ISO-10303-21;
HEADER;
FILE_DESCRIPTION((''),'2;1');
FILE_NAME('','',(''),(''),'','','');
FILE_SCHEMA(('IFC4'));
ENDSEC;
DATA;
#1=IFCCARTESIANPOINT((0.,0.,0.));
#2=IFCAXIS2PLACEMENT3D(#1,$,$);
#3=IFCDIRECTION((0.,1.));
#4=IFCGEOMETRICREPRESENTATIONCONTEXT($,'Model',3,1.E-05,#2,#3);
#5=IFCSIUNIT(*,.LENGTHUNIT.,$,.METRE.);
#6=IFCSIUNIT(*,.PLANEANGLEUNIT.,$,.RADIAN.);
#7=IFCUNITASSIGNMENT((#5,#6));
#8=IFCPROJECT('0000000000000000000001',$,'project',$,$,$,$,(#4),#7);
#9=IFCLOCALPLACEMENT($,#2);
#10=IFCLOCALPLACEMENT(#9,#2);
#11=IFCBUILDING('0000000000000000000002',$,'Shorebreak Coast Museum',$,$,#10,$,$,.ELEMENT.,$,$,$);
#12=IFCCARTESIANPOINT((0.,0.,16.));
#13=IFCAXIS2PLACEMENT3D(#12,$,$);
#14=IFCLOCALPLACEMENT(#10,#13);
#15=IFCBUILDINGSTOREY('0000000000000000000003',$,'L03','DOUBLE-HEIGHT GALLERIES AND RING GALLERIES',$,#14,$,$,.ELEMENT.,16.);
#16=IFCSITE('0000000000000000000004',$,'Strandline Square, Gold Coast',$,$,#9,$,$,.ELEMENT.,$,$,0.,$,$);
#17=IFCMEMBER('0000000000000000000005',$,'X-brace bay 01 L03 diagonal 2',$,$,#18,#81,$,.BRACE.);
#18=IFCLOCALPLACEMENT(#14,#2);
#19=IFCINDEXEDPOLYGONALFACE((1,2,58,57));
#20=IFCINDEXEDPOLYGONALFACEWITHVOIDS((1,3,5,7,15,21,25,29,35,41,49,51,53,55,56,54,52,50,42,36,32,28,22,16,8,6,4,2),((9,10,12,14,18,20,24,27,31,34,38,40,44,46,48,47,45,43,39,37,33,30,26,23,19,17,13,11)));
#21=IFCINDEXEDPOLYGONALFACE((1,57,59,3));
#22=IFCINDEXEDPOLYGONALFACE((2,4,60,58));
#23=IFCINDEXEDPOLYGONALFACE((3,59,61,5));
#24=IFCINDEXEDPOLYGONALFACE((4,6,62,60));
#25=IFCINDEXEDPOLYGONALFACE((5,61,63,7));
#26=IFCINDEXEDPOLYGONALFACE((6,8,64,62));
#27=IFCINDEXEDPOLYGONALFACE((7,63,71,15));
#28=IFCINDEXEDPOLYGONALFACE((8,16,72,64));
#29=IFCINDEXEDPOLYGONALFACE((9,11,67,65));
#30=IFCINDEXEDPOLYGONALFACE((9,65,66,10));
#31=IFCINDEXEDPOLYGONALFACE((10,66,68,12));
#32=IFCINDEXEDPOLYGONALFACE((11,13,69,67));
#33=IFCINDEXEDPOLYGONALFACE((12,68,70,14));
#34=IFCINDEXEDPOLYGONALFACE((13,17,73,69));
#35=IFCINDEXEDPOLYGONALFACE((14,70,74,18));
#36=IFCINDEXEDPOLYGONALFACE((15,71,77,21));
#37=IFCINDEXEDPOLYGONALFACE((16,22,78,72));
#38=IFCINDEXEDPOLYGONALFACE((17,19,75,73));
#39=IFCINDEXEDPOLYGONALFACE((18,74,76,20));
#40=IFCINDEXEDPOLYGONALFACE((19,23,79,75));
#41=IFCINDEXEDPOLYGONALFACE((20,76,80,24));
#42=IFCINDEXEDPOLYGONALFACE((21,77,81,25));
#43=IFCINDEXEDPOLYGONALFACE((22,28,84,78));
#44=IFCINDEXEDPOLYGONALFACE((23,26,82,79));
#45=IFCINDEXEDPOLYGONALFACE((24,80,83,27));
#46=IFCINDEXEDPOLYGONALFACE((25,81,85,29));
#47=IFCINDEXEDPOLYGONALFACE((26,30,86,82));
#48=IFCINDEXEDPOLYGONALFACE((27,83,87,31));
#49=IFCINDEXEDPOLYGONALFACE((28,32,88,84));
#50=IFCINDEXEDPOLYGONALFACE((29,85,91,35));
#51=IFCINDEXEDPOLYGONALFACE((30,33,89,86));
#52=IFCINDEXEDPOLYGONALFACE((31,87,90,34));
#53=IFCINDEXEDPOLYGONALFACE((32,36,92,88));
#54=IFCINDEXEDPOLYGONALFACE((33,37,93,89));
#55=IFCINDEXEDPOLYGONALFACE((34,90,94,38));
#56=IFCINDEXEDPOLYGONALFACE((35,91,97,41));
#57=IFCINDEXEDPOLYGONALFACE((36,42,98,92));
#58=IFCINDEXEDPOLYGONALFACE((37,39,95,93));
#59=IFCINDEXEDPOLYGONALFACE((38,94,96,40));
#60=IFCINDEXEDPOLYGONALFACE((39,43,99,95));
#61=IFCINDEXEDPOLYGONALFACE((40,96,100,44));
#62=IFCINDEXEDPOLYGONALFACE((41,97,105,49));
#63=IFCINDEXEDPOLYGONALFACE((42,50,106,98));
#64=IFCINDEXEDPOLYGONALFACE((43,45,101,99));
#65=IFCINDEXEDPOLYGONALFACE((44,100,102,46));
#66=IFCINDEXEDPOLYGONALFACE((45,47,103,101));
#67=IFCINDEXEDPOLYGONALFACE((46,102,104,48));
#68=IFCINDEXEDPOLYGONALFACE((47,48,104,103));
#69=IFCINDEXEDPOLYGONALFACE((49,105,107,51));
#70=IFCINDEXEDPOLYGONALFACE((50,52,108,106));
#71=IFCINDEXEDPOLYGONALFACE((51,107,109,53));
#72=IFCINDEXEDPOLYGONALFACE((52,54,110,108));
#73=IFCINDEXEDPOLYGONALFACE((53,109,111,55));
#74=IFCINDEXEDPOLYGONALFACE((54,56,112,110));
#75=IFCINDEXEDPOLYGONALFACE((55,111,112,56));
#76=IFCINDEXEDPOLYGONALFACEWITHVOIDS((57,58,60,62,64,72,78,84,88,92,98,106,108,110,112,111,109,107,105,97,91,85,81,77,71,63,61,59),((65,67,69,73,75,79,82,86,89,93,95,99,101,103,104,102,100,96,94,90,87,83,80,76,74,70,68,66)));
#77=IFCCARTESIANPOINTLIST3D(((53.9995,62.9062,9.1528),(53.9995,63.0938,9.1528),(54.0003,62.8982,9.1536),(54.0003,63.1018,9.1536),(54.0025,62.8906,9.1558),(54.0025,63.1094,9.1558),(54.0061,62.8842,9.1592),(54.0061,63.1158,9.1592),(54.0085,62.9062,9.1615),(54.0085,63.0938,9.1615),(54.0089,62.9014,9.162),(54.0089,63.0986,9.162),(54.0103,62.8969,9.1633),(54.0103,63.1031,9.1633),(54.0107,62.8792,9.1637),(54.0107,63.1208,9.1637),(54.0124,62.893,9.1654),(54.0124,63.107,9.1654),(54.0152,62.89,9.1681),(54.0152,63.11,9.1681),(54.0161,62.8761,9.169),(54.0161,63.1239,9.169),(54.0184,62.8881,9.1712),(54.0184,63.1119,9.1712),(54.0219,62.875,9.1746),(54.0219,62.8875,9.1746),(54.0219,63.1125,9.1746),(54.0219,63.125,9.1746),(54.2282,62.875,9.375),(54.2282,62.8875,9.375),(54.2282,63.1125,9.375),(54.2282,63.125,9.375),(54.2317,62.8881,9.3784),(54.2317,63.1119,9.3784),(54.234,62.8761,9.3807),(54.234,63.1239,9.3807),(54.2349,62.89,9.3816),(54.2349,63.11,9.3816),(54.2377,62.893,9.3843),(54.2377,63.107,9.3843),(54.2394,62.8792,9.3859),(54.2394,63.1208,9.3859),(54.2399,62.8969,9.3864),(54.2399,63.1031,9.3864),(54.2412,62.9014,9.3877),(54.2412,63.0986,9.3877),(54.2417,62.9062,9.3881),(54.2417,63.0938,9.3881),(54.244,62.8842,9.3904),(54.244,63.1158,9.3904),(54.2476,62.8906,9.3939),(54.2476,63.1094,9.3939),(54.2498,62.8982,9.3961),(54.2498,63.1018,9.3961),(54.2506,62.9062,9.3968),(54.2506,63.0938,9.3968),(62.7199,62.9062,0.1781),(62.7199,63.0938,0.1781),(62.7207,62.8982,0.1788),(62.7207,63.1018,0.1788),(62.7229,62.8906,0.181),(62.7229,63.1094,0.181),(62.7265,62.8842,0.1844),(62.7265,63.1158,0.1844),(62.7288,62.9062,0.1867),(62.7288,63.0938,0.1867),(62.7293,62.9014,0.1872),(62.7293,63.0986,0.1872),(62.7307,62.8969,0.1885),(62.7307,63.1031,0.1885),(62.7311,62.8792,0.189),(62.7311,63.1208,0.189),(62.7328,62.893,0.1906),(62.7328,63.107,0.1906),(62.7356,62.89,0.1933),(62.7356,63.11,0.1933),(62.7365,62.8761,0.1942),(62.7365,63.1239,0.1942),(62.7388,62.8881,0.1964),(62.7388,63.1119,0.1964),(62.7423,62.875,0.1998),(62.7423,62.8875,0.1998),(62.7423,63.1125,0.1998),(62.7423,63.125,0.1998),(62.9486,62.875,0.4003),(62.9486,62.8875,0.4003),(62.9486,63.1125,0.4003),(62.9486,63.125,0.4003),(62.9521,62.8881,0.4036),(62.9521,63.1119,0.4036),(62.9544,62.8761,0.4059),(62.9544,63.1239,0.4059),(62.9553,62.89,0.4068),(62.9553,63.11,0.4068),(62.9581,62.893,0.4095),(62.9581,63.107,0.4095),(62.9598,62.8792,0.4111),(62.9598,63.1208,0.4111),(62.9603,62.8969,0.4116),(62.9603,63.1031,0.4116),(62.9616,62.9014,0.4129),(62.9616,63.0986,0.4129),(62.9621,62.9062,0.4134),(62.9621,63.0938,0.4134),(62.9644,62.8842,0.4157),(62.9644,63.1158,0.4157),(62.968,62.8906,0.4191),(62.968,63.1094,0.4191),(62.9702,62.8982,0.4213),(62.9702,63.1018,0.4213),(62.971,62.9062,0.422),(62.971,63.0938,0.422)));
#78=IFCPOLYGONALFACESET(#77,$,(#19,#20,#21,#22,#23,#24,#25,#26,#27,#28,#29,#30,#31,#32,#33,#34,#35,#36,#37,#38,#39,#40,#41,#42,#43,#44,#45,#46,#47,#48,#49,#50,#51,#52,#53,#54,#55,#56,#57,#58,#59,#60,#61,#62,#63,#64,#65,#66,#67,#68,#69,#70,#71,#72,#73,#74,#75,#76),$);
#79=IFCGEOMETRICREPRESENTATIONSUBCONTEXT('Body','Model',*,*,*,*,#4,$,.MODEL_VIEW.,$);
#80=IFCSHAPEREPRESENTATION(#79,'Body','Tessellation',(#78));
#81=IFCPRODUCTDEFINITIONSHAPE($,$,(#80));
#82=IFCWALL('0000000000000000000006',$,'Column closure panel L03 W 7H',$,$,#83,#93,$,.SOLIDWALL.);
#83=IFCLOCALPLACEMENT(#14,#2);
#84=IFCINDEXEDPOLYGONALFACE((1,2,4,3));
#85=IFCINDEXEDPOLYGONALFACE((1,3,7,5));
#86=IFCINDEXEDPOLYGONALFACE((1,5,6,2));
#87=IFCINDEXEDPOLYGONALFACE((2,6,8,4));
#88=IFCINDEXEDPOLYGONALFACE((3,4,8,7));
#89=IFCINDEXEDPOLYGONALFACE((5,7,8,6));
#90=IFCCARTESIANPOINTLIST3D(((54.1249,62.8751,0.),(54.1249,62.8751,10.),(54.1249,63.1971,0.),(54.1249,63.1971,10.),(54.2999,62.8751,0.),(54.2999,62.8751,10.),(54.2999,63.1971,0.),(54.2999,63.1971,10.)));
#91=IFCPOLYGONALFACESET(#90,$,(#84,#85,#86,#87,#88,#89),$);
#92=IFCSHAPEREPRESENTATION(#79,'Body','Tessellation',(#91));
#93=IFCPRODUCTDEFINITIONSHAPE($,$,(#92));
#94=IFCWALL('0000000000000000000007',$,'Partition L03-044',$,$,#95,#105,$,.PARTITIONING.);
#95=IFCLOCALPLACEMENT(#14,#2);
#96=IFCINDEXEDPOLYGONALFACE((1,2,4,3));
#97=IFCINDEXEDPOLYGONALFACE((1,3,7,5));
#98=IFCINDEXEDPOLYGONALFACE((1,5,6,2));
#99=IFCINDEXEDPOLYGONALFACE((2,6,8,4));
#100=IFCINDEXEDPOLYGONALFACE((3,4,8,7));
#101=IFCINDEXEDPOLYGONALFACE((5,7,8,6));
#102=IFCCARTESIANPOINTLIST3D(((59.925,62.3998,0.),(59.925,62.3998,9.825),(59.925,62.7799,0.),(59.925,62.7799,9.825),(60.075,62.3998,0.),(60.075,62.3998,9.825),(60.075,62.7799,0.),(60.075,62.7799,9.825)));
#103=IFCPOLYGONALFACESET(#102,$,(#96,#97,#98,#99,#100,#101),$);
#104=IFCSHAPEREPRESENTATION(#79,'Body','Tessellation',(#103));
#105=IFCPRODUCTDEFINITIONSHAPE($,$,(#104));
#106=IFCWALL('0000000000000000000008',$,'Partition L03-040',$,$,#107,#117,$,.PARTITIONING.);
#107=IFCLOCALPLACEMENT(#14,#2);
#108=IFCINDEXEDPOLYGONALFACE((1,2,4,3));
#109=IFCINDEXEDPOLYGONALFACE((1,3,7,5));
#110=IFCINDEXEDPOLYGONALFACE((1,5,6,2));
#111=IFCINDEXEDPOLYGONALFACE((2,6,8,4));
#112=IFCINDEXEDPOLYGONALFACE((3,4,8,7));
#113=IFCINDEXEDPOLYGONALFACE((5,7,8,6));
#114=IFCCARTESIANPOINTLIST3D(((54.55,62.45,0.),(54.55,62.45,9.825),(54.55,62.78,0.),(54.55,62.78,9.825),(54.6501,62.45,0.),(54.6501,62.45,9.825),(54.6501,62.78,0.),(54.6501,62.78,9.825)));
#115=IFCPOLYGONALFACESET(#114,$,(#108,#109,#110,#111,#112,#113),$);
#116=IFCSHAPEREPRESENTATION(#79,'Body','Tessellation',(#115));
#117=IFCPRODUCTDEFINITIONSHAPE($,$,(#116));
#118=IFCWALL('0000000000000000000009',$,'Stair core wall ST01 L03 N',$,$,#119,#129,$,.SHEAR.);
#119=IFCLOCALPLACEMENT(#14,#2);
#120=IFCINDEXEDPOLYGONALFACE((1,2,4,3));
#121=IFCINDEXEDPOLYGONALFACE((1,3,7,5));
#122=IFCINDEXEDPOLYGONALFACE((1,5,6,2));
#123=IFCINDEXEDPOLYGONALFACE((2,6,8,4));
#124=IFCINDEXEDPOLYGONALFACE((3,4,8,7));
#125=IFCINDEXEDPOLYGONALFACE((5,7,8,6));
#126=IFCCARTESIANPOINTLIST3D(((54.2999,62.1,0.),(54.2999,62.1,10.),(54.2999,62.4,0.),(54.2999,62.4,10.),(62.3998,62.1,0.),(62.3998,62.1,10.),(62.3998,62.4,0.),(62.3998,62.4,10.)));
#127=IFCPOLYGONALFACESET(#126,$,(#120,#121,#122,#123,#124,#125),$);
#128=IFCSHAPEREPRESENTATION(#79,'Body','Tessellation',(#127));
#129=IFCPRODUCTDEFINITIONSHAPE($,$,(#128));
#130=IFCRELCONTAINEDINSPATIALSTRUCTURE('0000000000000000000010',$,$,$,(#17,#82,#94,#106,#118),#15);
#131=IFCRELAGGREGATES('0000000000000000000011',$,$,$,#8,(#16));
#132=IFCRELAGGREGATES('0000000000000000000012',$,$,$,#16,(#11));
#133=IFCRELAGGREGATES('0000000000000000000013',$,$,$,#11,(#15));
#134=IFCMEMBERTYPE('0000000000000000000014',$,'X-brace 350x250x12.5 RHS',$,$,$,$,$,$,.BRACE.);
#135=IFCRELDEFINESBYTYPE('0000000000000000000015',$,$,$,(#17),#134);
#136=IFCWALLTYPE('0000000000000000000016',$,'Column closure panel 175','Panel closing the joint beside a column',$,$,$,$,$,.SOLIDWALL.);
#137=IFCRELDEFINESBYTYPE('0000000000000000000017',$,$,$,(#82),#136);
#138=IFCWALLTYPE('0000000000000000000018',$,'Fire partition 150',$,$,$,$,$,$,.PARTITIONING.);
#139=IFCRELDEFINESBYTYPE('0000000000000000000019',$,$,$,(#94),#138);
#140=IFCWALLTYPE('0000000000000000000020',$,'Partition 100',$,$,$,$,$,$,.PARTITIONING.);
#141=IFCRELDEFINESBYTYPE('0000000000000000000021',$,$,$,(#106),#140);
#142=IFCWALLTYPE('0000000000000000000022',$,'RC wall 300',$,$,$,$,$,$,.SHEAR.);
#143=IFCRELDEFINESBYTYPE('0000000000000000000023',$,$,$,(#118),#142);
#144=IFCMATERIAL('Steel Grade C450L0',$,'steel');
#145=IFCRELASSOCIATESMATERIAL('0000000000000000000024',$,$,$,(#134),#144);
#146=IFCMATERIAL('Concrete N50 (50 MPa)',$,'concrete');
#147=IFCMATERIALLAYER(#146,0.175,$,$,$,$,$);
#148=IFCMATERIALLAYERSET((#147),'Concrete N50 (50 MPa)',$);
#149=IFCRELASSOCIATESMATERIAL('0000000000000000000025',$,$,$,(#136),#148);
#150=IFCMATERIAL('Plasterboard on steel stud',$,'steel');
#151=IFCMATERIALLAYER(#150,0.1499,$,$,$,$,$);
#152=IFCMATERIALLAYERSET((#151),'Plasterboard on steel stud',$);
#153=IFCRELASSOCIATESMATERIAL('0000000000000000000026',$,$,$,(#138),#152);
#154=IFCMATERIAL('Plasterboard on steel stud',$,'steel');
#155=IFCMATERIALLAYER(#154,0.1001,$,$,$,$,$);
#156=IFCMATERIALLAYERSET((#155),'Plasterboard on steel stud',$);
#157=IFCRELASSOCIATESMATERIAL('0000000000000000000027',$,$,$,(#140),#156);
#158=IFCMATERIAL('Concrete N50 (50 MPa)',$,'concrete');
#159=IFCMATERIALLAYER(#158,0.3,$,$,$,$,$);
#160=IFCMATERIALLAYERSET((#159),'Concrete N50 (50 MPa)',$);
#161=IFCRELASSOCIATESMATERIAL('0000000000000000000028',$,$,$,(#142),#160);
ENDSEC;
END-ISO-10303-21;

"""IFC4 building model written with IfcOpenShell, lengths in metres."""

from ifc_helpers import new_model, si_unit, direction, frame, frame_2d, origin, origin_2d, place, context, subcontext, project, spatial, rectangle, hollow_rectangle, extrude, material, layer, layer_set, material_profile, profile_set, type_object, element, save


model = new_model("IFC4")

# Units and contexts
model_context = context("Model", 3, precision=1e-05, world=origin(), true_north=direction((0.0, 1.0)))
body_context = subcontext(model_context, "Body", "Model", "MODEL_VIEW")
ifc_project = project(units=[si_unit("LENGTHUNIT", "METRE"), si_unit("PLANEANGLEUNIT", "RADIAN")], contexts=[model_context])

# Site, building, storey
site_placement = place(None, origin())
site = spatial("IfcSite", under=ifc_project, at=site_placement, Name="Strandline Square, Gold Coast", CompositionType="ELEMENT", RefElevation=0.0)
building_placement = place(site_placement, origin())
building = spatial("IfcBuilding", under=site, at=building_placement, Name="Shorebreak Coast Museum", CompositionType="ELEMENT")
storey_placement = place(building_placement, frame((0.0, 0.0, 16.0)))
storey = spatial("IfcBuildingStorey", under=building, at=storey_placement, Name="L03", Description="DOUBLE-HEIGHT GALLERIES AND RING GALLERIES", CompositionType="ELEMENT", Elevation=16.0)

# Member
ifc_material_1 = material(Name="Steel Grade C450L0", Category="steel")
ifc_material_profile_1 = material_profile(ifc_material_1, hollow_rectangle(XDim=0.25, YDim=0.3501, WallThickness=0.0125, InnerFilletRadius=0.0188, OuterFilletRadius=0.0312, at=origin_2d()), Name="350x250x12.5 RHS")
ifc_profile_set_1 = profile_set([ifc_material_profile_1], Name="Steel Grade C450L0")
member_type = type_object("IfcMemberType", Name="X-brace 350x250x12.5 RHS", PredefinedType="BRACE", material=ifc_profile_set_1)
for number, where, z_axis, x_axis, name in (
    (1, (62.8455, 63.0, 0.3), (-0.696869, 0.0, 0.717198), (0.0, -1.0, 0.0), "X-brace bay 01 L03 diagonal 2"),
):
    element("IfcMember", number, at=place(storey_placement, frame(where, z_axis=z_axis, x_axis=x_axis)), inside=storey, type_object=member_type, Name=name, PredefinedType="BRACE", context=body_context, shape_type="SweptSolid", body=[
        extrude(hollow_rectangle(XDim=0.25, YDim=0.3501, WallThickness=0.0125, InnerFilletRadius=0.0188, OuterFilletRadius=0.0312, at=origin_2d()), origin(), (0.0, 0.0, 1.0), 12.5137),
    ])

# Walls
ifc_material_2 = material(Name="Concrete N50 (50 MPa)", Category="concrete")
ifc_layer_1 = layer(ifc_material_2, 0.175)
ifc_layer_set_1 = layer_set([ifc_layer_1], Name="Concrete N50 (50 MPa)")
wall_type_1 = type_object("IfcWallType", Name="Column closure panel 175", Description="Panel closing the joint beside a column", PredefinedType="SOLIDWALL", material=ifc_layer_set_1)
wall_1_placement = place(storey_placement, frame((54.2124, 62.875, 0.0), z_axis=(0.0, 0.0, 1.0), x_axis=(0.0, 1.0, 0.0)))
element("IfcWall", 2, at=wall_1_placement, inside=storey, type_object=wall_type_1, Name="Column closure panel L03 W 7H", PredefinedType="SOLIDWALL", context=body_context, shape_type="SweptSolid", body=[
    extrude(rectangle(XDim=0.322, YDim=0.175, at=frame_2d((0.1611, 0.0))), origin(), (0.0, 0.0, 1.0), 10.0),
])
ifc_material_3 = material(Name="Plasterboard on steel stud", Category="steel")
ifc_layer_2 = layer(ifc_material_3, 0.1499)
ifc_layer_set_2 = layer_set([ifc_layer_2], Name="Plasterboard on steel stud")
wall_type_2 = type_object("IfcWallType", Name="Fire partition 150", PredefinedType="PARTITIONING", material=ifc_layer_set_2)
wall_2_placement = place(storey_placement, frame((60.0, 62.3999, 0.0), z_axis=(0.0, 0.0, 1.0), x_axis=(0.0, 1.0, 0.0)))
element("IfcWall", 3, at=wall_2_placement, inside=storey, type_object=wall_type_2, Name="Partition L03-044", PredefinedType="PARTITIONING", context=body_context, shape_type="SweptSolid", body=[
    extrude(rectangle(XDim=0.3801, YDim=0.1499, at=frame_2d((0.1899, 0.0))), origin(), (0.0, 0.0, 1.0), 9.825),
])
ifc_material_4 = material(Name="Plasterboard on steel stud", Category="steel")
ifc_layer_3 = layer(ifc_material_4, 0.1001)
ifc_layer_set_3 = layer_set([ifc_layer_3], Name="Plasterboard on steel stud")
wall_type_3 = type_object("IfcWallType", Name="Partition 100", PredefinedType="PARTITIONING", material=ifc_layer_set_3)
wall_3_placement = place(storey_placement, frame((54.6001, 62.45, 0.0), z_axis=(0.0, 0.0, 1.0), x_axis=(0.0, 1.0, 0.0)))
element("IfcWall", 4, at=wall_3_placement, inside=storey, type_object=wall_type_3, Name="Partition L03-040", PredefinedType="PARTITIONING", context=body_context, shape_type="SweptSolid", body=[
    extrude(rectangle(XDim=0.3301, YDim=0.1001, at=frame_2d((0.165, 0.0))), origin(), (0.0, 0.0, 1.0), 9.825),
])
ifc_material_5 = material(Name="Concrete N50 (50 MPa)", Category="concrete")
ifc_layer_4 = layer(ifc_material_5, 0.3)
ifc_layer_set_4 = layer_set([ifc_layer_4], Name="Concrete N50 (50 MPa)")
wall_type_4 = type_object("IfcWallType", Name="RC wall 300", PredefinedType="SHEAR", material=ifc_layer_set_4)
wall_4_placement = place(storey_placement, frame((54.3, 62.25, 0.0), z_axis=(0.0, 0.0, 1.0), x_axis=(1.0, 0.0, 0.0)))
element("IfcWall", 5, at=wall_4_placement, inside=storey, type_object=wall_type_4, Name="Stair core wall ST01 L03 N", PredefinedType="SHEAR", context=body_context, shape_type="SweptSolid", body=[
    extrude(rectangle(XDim=8.0999, YDim=0.3, at=frame_2d((4.0498, 0.0))), origin(), (0.0, 0.0, 1.0), 10.0),
])

save(model, "model.ifc")
